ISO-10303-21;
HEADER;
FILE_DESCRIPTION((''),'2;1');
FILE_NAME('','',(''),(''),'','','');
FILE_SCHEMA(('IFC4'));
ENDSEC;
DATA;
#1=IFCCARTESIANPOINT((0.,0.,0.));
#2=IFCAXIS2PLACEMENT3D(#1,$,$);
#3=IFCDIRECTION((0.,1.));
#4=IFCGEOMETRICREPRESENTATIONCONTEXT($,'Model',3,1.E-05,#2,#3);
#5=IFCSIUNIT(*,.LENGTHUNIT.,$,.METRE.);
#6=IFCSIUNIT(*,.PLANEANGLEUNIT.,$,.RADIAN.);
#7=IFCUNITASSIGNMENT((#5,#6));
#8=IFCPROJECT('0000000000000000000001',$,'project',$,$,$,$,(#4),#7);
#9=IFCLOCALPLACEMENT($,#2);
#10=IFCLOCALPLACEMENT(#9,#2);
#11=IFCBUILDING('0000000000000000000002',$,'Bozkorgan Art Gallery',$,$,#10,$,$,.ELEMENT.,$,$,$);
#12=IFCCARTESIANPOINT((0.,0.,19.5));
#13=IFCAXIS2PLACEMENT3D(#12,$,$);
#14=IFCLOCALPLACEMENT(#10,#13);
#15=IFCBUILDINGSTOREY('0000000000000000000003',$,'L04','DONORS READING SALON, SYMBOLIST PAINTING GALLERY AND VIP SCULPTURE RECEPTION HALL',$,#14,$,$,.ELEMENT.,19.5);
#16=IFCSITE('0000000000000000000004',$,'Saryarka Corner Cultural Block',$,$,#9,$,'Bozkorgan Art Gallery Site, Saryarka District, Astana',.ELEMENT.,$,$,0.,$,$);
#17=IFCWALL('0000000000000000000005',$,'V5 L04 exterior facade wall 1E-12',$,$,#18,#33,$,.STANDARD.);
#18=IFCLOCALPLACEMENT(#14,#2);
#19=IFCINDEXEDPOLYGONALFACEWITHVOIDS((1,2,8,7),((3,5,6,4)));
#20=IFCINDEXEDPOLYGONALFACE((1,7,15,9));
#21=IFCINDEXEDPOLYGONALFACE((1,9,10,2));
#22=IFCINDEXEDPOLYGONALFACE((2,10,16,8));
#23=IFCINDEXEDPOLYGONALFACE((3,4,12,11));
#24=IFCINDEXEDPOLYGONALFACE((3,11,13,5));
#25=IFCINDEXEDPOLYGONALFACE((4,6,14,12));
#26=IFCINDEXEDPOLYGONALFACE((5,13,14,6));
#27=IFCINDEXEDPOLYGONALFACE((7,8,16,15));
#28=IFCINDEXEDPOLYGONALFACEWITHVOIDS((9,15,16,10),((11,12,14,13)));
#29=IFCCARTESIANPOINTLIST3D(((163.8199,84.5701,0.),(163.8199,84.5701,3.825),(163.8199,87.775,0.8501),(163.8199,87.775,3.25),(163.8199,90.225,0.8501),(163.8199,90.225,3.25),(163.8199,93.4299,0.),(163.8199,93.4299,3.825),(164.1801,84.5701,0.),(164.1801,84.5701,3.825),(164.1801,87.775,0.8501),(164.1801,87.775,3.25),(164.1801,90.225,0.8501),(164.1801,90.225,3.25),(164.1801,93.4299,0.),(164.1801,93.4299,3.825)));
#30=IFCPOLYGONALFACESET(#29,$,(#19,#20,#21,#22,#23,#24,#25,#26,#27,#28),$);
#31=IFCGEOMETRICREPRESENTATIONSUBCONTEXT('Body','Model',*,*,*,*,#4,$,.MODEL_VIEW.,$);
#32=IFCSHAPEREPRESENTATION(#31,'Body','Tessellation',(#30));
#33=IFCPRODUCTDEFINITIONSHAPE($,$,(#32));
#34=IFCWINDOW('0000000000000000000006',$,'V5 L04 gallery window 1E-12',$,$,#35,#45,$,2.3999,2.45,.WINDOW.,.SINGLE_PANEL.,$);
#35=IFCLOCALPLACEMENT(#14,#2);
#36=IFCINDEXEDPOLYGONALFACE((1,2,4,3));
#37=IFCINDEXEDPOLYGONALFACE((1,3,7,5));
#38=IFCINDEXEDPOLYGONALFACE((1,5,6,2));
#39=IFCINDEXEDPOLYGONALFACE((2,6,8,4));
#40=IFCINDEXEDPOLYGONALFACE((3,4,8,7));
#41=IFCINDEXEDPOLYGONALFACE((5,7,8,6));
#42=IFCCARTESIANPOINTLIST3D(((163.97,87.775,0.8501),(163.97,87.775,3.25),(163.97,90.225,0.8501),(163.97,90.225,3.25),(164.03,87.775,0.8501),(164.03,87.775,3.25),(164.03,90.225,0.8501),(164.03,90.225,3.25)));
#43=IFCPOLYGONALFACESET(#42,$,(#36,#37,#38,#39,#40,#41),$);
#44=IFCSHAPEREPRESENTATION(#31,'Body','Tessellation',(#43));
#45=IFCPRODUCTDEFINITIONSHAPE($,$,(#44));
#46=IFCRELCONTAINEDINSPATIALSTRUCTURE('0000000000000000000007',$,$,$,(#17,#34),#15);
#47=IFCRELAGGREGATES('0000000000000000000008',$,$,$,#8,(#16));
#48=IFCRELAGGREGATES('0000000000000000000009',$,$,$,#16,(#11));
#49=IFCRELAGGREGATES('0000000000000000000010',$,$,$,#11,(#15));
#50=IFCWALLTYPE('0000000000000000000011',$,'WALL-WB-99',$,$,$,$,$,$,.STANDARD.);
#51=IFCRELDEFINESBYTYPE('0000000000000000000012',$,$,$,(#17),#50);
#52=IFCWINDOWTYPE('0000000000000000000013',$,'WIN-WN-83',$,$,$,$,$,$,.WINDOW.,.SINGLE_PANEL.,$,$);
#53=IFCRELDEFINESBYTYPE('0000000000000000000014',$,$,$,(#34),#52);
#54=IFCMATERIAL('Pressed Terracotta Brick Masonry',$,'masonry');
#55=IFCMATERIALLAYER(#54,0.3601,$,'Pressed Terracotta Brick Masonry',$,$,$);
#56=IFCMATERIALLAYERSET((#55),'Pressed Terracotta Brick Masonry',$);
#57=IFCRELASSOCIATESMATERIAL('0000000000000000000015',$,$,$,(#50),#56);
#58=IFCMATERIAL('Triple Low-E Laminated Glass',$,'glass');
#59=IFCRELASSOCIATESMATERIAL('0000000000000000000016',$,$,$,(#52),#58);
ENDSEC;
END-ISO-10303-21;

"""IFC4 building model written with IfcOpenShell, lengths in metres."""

from ifc_helpers import new_model, si_unit, direction, frame, frame_2d, origin, place, context, subcontext, project, spatial, rectangle, extrude, material, layer, layer_set, type_object, element, fill, save


model = new_model("IFC4")

# Units and contexts
model_context = context("Model", 3, precision=1e-05, world=origin(), true_north=direction((0.0, 1.0)))
body_context = subcontext(model_context, "Body", "Model", "MODEL_VIEW")
ifc_project = project(units=[si_unit("LENGTHUNIT", "METRE"), si_unit("PLANEANGLEUNIT", "RADIAN")], contexts=[model_context])

# Site, building, storey
site_placement = place(None, origin())
site = spatial("IfcSite", under=ifc_project, at=site_placement, Name="Saryarka Corner Cultural Block", LongName="Bozkorgan Art Gallery Site, Saryarka District, Astana", CompositionType="ELEMENT", RefElevation=0.0)
building_placement = place(site_placement, origin())
building = spatial("IfcBuilding", under=site, at=building_placement, Name="Bozkorgan Art Gallery", CompositionType="ELEMENT")
storey_placement = place(building_placement, frame((0.0, 0.0, 19.5)))
storey = spatial("IfcBuildingStorey", under=building, at=storey_placement, Name="L04", Description="DONORS READING SALON, SYMBOLIST PAINTING GALLERY AND VIP SCULPTURE RECEPTION HALL", CompositionType="ELEMENT", Elevation=19.5)

# Shared definitions
ifc_material_1 = material(Name="Pressed Terracotta Brick Masonry", Category="masonry")

# Shared definitions
ifc_layer_1 = layer(ifc_material_1, 0.3601, Name="Pressed Terracotta Brick Masonry")
ifc_layer_set_1 = layer_set([ifc_layer_1], Name="Pressed Terracotta Brick Masonry")
wall_type_1 = type_object("IfcWallType", Name="WALL-WB-99", PredefinedType="STANDARD", material=ifc_layer_set_1)

# Wall, opening, window
ifc_material_2 = material(Name="Triple Low-E Laminated Glass", Category="glass")
wall_1_placement = place(storey_placement, frame((164.0, 84.5701, 0.0), z_axis=(0.0, 0.0, 1.0), x_axis=(0.0, 1.0, 0.0)))
wall_1 = element("IfcWall", 1, at=wall_1_placement, inside=storey, type_object=wall_type_1, Name="V5 L04 exterior facade wall 1E-12", PredefinedType="STANDARD", context=body_context, shape_type="SweptSolid", body=[
    extrude(rectangle(XDim=8.8599, YDim=0.3601, at=frame_2d((4.4299, 0.0))), origin(), (0.0, 0.0, 1.0), 3.825),
])
opening_1_placement = place(wall_1_placement, frame((5.655, 0.0, 0.8501), z_axis=(0.0, 0.0, 1.0), x_axis=(-1.0, 0.0, 0.0)))
opening_1 = element("IfcOpeningElement", 2, at=opening_1_placement, cuts=wall_1, PredefinedType="OPENING", context=body_context, shape_type="SweptSolid", body=[
    extrude(rectangle(XDim=2.45, YDim=2.3999, at=frame_2d((1.2251, 1.2))), frame((0.0, 0.1899, 0.0), z_axis=(0.0, -1.0, 0.0), x_axis=(1.0, 0.0, 0.0)), (0.0, 0.0, 1.0), 0.3801),
])
window_type_1 = type_object("IfcWindowType", Name="WIN-WN-83", PartitioningType="SINGLE_PANEL", PredefinedType="WINDOW", material=ifc_material_2)
window_1_placement = place(opening_1_placement, origin())
window_1 = element("IfcWindow", 3, at=window_1_placement, inside=storey, type_object=window_type_1, Name="V5 L04 gallery window 1E-12", OverallHeight=2.3999, OverallWidth=2.45, PartitioningType="SINGLE_PANEL", PredefinedType="WINDOW", context=body_context, shape_type="SweptSolid", body=[
    extrude(rectangle(XDim=2.45, YDim=2.3999, at=frame_2d((1.2251, 1.2))), frame((0.0, 0.03, 0.0), z_axis=(0.0, -1.0, 0.0), x_axis=(1.0, 0.0, 0.0)), (0.0, 0.0, 1.0), 0.0601),
])
fill(opening_1, window_1)

save(model, "model.ifc")
